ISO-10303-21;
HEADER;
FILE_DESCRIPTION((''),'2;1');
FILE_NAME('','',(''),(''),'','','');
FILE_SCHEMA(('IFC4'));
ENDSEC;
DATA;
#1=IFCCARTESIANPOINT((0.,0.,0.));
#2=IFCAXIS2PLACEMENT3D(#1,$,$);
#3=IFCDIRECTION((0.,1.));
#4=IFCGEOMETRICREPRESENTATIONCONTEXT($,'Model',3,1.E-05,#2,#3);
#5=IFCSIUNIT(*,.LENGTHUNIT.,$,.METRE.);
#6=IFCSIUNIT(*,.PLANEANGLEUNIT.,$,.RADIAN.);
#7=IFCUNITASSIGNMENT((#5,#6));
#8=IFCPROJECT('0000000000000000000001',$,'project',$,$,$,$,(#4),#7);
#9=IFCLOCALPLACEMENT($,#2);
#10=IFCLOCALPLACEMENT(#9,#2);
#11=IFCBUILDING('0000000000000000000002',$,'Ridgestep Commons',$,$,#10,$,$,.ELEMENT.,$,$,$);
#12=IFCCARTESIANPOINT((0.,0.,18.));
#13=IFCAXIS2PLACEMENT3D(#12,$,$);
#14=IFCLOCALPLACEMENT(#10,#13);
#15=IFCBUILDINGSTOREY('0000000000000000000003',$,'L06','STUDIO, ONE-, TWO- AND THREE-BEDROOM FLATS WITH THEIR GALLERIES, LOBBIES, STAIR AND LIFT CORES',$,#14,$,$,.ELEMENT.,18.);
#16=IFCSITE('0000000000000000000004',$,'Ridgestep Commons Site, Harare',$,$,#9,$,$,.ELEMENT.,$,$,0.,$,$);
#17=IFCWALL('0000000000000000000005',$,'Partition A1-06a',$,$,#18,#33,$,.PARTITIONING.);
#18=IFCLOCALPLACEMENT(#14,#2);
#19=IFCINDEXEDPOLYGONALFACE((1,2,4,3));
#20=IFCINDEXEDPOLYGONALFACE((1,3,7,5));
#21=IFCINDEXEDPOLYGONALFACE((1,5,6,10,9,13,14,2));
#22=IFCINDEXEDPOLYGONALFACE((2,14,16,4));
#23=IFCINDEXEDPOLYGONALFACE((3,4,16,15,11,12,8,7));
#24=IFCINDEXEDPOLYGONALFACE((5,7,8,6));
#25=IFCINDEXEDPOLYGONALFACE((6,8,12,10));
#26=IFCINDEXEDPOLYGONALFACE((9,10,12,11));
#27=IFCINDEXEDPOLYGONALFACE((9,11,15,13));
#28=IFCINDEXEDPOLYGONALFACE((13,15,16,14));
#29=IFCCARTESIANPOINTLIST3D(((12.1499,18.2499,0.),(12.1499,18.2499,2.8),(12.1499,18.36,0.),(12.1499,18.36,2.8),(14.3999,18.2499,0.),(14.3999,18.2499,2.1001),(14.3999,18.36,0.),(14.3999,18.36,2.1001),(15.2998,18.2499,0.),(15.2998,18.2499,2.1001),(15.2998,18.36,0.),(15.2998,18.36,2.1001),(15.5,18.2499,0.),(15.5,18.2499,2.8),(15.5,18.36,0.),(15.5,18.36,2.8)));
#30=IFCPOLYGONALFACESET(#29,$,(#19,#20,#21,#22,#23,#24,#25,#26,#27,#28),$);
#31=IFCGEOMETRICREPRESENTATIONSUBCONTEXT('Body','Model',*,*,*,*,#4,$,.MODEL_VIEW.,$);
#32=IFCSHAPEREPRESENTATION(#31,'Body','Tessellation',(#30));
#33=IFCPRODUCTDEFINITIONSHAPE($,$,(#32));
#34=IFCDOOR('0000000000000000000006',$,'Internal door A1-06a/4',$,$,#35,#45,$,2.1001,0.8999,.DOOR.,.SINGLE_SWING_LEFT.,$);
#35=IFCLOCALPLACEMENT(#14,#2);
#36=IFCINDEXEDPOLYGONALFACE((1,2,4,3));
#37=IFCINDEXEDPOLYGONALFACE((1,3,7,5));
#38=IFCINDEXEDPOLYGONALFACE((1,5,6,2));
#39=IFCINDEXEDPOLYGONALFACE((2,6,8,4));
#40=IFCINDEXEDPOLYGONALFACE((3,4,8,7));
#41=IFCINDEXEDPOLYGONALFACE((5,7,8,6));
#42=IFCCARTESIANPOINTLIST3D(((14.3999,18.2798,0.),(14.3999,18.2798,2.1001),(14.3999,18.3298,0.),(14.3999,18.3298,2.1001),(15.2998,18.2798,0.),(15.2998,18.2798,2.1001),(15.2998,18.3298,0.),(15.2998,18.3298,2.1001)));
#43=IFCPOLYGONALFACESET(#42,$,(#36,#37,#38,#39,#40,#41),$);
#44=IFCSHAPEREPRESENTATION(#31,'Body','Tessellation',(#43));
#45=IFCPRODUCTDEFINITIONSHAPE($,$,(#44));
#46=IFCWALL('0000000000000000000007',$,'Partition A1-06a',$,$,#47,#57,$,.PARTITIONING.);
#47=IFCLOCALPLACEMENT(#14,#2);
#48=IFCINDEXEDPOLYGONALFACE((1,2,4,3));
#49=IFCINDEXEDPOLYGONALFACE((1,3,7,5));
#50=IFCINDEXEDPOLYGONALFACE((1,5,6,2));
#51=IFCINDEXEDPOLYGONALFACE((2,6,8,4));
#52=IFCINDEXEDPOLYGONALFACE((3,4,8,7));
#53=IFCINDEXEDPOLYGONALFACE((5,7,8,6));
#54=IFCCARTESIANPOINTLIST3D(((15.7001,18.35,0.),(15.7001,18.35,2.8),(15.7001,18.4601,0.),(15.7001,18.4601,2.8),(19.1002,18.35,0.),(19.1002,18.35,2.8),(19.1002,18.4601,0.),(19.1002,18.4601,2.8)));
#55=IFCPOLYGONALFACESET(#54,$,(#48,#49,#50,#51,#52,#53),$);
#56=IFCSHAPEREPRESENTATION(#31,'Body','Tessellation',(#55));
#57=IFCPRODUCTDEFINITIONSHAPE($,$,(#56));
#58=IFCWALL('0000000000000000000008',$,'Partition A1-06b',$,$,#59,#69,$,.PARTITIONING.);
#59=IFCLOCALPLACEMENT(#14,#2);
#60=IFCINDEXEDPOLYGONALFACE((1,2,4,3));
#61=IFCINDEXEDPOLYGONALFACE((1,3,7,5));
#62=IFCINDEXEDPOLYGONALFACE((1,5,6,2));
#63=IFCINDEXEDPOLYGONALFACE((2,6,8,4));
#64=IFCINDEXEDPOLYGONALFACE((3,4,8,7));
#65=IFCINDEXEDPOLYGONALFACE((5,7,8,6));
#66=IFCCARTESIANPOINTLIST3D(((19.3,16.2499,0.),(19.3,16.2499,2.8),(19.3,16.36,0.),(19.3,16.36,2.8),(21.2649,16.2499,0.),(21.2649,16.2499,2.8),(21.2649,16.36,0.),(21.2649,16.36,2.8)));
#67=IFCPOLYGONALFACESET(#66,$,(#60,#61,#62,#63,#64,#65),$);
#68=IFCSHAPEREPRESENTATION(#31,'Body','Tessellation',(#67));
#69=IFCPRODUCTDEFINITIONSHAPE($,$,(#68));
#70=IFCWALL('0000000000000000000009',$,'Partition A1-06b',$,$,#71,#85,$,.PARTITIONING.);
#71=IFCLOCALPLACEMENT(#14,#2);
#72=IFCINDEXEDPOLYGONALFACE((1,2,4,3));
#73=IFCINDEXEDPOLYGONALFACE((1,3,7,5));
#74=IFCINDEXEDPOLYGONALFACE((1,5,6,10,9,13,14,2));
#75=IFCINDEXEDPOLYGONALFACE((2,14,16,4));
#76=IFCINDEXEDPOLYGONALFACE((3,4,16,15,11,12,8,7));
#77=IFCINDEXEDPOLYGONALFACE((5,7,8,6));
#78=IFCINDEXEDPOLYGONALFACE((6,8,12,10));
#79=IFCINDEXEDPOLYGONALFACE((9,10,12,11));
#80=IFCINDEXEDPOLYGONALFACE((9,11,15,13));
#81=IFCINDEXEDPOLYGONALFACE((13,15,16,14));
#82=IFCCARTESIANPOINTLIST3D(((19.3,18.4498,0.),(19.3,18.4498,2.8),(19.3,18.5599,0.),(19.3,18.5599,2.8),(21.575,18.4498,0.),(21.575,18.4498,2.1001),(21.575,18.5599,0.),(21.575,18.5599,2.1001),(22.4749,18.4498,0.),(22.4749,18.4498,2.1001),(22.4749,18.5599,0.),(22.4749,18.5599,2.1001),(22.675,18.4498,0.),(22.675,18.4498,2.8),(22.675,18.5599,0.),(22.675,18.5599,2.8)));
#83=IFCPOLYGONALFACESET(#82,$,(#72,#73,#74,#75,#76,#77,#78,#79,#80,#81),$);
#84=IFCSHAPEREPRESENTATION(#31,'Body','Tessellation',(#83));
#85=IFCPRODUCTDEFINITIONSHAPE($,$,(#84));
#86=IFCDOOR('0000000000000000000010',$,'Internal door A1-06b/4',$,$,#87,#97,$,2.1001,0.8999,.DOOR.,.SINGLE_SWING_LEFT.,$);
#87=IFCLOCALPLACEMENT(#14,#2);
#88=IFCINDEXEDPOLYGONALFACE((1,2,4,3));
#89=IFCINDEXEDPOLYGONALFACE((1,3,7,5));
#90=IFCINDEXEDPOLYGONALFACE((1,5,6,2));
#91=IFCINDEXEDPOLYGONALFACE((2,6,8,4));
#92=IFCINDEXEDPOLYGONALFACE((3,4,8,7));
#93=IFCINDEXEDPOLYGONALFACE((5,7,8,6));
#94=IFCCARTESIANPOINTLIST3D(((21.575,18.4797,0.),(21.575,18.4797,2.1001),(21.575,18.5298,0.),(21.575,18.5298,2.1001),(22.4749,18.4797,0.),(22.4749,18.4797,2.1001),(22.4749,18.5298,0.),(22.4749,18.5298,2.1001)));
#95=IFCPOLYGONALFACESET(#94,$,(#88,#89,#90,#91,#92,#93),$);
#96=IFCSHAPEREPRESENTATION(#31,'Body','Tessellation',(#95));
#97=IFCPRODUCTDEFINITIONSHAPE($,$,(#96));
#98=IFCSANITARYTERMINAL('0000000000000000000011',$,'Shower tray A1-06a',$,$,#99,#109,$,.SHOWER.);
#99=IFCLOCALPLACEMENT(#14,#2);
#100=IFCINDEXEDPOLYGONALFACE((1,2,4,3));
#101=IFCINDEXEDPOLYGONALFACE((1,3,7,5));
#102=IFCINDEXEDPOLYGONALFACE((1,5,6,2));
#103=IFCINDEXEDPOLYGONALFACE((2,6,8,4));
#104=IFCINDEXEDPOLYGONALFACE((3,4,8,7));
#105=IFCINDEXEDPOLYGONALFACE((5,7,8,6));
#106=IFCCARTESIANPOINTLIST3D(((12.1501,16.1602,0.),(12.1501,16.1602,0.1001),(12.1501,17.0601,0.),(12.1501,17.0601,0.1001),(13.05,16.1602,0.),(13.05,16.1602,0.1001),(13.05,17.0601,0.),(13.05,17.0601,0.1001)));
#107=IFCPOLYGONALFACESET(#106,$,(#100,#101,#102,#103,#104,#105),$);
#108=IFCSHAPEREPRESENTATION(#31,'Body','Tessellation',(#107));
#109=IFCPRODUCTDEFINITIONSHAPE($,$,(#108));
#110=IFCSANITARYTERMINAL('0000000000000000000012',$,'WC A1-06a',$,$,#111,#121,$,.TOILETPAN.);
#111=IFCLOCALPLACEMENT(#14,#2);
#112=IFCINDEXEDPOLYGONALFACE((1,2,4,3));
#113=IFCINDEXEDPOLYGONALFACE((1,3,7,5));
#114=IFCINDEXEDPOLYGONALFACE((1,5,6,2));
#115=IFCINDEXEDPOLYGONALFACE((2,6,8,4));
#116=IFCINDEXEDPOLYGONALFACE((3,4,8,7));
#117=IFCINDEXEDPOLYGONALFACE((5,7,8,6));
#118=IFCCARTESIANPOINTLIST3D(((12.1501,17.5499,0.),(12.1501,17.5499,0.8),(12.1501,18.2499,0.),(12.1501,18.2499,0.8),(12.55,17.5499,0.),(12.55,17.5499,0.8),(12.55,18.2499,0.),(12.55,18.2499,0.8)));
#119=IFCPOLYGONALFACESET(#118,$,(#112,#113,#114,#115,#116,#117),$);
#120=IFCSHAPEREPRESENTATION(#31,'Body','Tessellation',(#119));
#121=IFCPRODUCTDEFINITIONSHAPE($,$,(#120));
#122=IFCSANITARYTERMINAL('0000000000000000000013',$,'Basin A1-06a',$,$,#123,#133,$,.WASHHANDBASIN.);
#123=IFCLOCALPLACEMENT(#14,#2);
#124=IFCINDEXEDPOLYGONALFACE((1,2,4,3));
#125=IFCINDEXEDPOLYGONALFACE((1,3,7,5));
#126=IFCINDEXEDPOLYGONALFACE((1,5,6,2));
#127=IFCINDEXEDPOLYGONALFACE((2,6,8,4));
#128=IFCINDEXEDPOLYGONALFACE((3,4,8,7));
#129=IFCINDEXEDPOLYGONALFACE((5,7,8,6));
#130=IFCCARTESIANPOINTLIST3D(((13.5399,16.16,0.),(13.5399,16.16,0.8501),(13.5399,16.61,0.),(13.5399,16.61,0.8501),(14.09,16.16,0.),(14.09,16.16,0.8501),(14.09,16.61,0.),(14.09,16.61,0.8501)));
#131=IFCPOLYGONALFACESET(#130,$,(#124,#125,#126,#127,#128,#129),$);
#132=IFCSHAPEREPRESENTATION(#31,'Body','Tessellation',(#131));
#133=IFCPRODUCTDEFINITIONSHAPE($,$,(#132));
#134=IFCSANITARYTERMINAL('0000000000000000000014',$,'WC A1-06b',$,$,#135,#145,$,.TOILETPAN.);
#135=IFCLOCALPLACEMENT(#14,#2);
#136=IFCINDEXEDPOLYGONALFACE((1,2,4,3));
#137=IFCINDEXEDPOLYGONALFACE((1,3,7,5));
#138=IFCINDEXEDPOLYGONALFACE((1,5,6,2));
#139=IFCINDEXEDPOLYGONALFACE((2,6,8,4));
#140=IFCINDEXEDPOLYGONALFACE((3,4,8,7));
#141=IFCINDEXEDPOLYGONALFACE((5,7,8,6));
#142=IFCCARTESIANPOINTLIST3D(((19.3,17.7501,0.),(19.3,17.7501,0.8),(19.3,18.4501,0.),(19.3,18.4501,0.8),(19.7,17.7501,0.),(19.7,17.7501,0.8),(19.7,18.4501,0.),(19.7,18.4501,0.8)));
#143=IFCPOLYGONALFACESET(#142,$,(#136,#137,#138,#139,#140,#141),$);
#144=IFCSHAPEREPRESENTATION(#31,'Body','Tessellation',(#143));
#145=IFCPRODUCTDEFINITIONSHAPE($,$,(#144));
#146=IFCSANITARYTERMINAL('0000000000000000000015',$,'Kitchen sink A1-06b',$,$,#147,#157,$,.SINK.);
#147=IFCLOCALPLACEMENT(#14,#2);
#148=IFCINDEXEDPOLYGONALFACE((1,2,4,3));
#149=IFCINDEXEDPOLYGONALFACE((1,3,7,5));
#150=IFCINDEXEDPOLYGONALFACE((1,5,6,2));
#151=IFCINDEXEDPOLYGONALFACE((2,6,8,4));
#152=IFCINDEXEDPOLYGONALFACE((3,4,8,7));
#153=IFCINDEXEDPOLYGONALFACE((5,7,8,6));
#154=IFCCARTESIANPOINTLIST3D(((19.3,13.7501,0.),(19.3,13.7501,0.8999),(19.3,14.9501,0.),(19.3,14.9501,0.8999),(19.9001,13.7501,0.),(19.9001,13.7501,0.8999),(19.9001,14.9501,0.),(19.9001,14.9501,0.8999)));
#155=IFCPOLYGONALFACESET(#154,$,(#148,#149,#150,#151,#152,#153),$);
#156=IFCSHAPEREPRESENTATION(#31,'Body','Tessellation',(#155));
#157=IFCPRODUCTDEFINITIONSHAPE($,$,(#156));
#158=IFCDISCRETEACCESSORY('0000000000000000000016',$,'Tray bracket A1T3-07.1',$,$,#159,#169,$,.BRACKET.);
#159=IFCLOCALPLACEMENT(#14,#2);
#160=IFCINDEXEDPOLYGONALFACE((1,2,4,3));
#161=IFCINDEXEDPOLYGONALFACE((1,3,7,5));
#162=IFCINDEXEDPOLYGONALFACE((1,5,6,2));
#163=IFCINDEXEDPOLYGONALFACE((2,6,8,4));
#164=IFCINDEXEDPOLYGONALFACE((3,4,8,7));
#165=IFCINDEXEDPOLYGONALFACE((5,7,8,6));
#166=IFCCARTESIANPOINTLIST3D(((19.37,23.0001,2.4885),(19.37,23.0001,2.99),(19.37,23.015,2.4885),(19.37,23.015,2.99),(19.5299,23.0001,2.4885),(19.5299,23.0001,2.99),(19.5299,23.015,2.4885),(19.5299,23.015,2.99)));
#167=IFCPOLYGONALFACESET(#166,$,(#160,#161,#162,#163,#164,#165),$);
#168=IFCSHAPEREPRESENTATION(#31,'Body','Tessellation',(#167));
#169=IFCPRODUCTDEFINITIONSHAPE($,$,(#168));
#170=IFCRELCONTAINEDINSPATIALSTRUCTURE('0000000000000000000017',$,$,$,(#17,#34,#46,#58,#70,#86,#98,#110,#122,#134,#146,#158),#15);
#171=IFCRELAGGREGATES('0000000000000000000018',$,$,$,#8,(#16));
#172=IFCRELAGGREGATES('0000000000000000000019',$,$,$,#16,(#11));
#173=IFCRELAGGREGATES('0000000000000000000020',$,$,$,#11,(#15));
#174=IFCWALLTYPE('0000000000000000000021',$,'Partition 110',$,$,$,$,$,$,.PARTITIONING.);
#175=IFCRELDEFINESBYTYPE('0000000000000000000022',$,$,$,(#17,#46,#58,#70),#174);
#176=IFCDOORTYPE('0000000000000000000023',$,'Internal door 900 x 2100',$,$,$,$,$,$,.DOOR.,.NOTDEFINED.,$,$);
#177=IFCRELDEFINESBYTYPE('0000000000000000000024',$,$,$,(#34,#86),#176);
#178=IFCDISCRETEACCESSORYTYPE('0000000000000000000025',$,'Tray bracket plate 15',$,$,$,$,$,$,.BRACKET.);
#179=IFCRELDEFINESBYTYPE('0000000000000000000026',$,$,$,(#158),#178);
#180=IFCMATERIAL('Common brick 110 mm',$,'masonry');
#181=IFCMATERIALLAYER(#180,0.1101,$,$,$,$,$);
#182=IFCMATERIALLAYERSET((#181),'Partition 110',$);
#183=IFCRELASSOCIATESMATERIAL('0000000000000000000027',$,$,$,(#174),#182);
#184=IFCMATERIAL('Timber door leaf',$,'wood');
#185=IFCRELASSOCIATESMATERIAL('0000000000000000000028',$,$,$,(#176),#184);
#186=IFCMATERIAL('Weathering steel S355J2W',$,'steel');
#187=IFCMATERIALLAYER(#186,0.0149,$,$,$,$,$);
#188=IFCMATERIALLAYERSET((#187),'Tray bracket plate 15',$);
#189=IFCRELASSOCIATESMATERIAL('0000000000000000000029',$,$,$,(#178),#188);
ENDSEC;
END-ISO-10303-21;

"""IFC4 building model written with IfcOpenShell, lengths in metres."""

from ifc_helpers import new_model, si_unit, direction, frame, frame_2d, origin, origin_2d, place, context, subcontext, project, spatial, rectangle, extrude, material, layer, layer_set, type_object, element, fill, save


model = new_model("IFC4")

# Units and contexts
model_context = context("Model", 3, precision=1e-05, world=origin(), true_north=direction((0.0, 1.0)))
body_context = subcontext(model_context, "Body", "Model", "MODEL_VIEW")
ifc_project = project(units=[si_unit("LENGTHUNIT", "METRE"), si_unit("PLANEANGLEUNIT", "RADIAN")], contexts=[model_context])

# Site, building, storey
site_placement = place(None, origin())
site = spatial("IfcSite", under=ifc_project, at=site_placement, Name="Ridgestep Commons Site, Harare", CompositionType="ELEMENT", RefElevation=0.0)
building_placement = place(site_placement, origin())
building = spatial("IfcBuilding", under=site, at=building_placement, Name="Ridgestep Commons", CompositionType="ELEMENT")
storey_placement = place(building_placement, frame((0.0, 0.0, 18.0)))
storey = spatial("IfcBuildingStorey", under=building, at=storey_placement, Name="L06", Description="STUDIO, ONE-, TWO- AND THREE-BEDROOM FLATS WITH THEIR GALLERIES, LOBBIES, STAIR AND LIFT CORES", CompositionType="ELEMENT", Elevation=18.0)

# Shared definitions
ifc_material_1 = material(Name="Common brick 110 mm", Category="masonry")
ifc_layer_1 = layer(ifc_material_1, 0.1101)
ifc_layer_set_1 = layer_set([ifc_layer_1], Name="Partition 110")
wall_type_1 = type_object("IfcWallType", Name="Partition 110", PredefinedType="PARTITIONING", material=ifc_layer_set_1)

# Wall, opening, door
wall_1_placement = place(storey_placement, frame((12.1499, 18.3049, 0.0), z_axis=(0.0, 0.0, 1.0), x_axis=(1.0, 0.0, 0.0)))
wall_1 = element("IfcWall", 1, at=wall_1_placement, inside=storey, type_object=wall_type_1, Name="Partition A1-06a", PredefinedType="PARTITIONING", context=body_context, shape_type="SweptSolid", body=[
    extrude(rectangle(XDim=3.3501, YDim=0.1101, at=frame_2d((1.675, 0.0))), origin(), (0.0, 0.0, 1.0), 2.8),
])
opening_1_placement = place(wall_1_placement, frame((2.25, 0.0, 0.0)))
opening_1 = element("IfcOpeningElement", 2, at=opening_1_placement, cuts=wall_1, PredefinedType="OPENING", context=body_context, shape_type="SweptSolid", body=[
    extrude(rectangle(XDim=0.8999, YDim=2.1001, at=frame_2d((0.45, 1.05))), frame((0.0, 0.0649, 0.0), z_axis=(0.0, -1.0, 0.0), x_axis=(1.0, 0.0, 0.0)), (0.0, 0.0, 1.0), 0.1301),
])
ifc_material_2 = material(Name="Timber door leaf", Category="wood")
door_type = type_object("IfcDoorType", Name="Internal door 900 x 2100", OperationType="NOTDEFINED", PredefinedType="DOOR", material=ifc_material_2)
door_1_placement = place(opening_1_placement, origin())
door_1 = element("IfcDoor", 3, at=door_1_placement, inside=storey, type_object=door_type, Name="Internal door A1-06a/4", OperationType="SINGLE_SWING_LEFT", OverallHeight=2.1001, OverallWidth=0.8999, PredefinedType="DOOR", context=body_context, shape_type="SweptSolid", body=[
    extrude(rectangle(XDim=0.8999, YDim=2.1001, at=frame_2d((0.45, 1.05))), frame((0.0, 0.0249, 0.0), z_axis=(0.0, -1.0, 0.0), x_axis=(1.0, 0.0, 0.0)), (0.0, 0.0, 1.0), 0.05),
])
fill(opening_1, door_1)

# Walls
wall_2_placement = place(storey_placement, frame((15.7, 18.405, 0.0), z_axis=(0.0, 0.0, 1.0), x_axis=(1.0, 0.0, 0.0)))
element("IfcWall", 4, at=wall_2_placement, inside=storey, type_object=wall_type_1, Name="Partition A1-06a", PredefinedType="PARTITIONING", context=body_context, shape_type="SweptSolid", body=[
    extrude(rectangle(XDim=3.4001, YDim=0.1101, at=frame_2d((1.7002, 0.0))), origin(), (0.0, 0.0, 1.0), 2.8),
])
wall_3_placement = place(storey_placement, frame((19.3, 16.3049, 0.0), z_axis=(0.0, 0.0, 1.0), x_axis=(1.0, 0.0, 0.0)))
element("IfcWall", 5, at=wall_3_placement, inside=storey, type_object=wall_type_1, Name="Partition A1-06b", PredefinedType="PARTITIONING", context=body_context, shape_type="SweptSolid", body=[
    extrude(rectangle(XDim=1.9648, YDim=0.1101, at=frame_2d((0.9824, 0.0))), origin(), (0.0, 0.0, 1.0), 2.8),
])

# Wall, opening, door
wall_4_placement = place(storey_placement, frame((19.3, 18.5049, 0.0), z_axis=(0.0, 0.0, 1.0), x_axis=(1.0, 0.0, 0.0)))
wall_4 = element("IfcWall", 6, at=wall_4_placement, inside=storey, type_object=wall_type_1, Name="Partition A1-06b", PredefinedType="PARTITIONING", context=body_context, shape_type="SweptSolid", body=[
    extrude(rectangle(XDim=3.375, YDim=0.1101, at=frame_2d((1.6875, 0.0))), origin(), (0.0, 0.0, 1.0), 2.8),
])
opening_2_placement = place(wall_4_placement, frame((2.2749, 0.0, 0.0)))
opening_2 = element("IfcOpeningElement", 7, at=opening_2_placement, cuts=wall_4, PredefinedType="OPENING", context=body_context, shape_type="SweptSolid", body=[
    extrude(rectangle(XDim=0.8999, YDim=2.1001, at=frame_2d((0.45, 1.05))), frame((0.0, 0.0649, 0.0), z_axis=(0.0, -1.0, 0.0), x_axis=(1.0, 0.0, 0.0)), (0.0, 0.0, 1.0), 0.1301),
])
door_2_placement = place(opening_2_placement, origin())
door_2 = element("IfcDoor", 8, at=door_2_placement, inside=storey, type_object=door_type, Name="Internal door A1-06b/4", OperationType="SINGLE_SWING_LEFT", OverallHeight=2.1001, OverallWidth=0.8999, PredefinedType="DOOR", context=body_context, shape_type="SweptSolid", body=[
    extrude(rectangle(XDim=0.8999, YDim=2.1001, at=frame_2d((0.45, 1.05))), frame((0.0, 0.0249, 0.0), z_axis=(0.0, -1.0, 0.0), x_axis=(1.0, 0.0, 0.0)), (0.0, 0.0, 1.0), 0.05),
])
fill(opening_2, door_2)

# Sanitary terminals
sanitary_terminal_1_placement = place(storey_placement, frame((12.6001, 16.6101, 0.0), z_axis=(0.0, 0.0, 1.0), x_axis=(1.0, 0.0, 0.0)))
element("IfcSanitaryTerminal", 9, at=sanitary_terminal_1_placement, inside=storey, Name="Shower tray A1-06a", PredefinedType="SHOWER", context=body_context, shape_type="SweptSolid", body=[
    extrude(rectangle(XDim=0.8999, YDim=0.8999, at=origin_2d()), origin(), (0.0, 0.0, 1.0), 0.1001),
])
sanitary_terminal_2_placement = place(storey_placement, frame((12.3501, 17.8999, 0.0), z_axis=(0.0, 0.0, 1.0), x_axis=(1.0, 0.0, 0.0)))
element("IfcSanitaryTerminal", 10, at=sanitary_terminal_2_placement, inside=storey, Name="WC A1-06a", PredefinedType="TOILETPAN", context=body_context, shape_type="SweptSolid", body=[
    extrude(rectangle(XDim=0.3999, YDim=0.7, at=origin_2d()), origin(), (0.0, 0.0, 1.0), 0.8),
])
sanitary_terminal_3_placement = place(storey_placement, frame((13.8149, 16.385, 0.0), z_axis=(0.0, 0.0, 1.0), x_axis=(1.0, 0.0, 0.0)))
element("IfcSanitaryTerminal", 11, at=sanitary_terminal_3_placement, inside=storey, Name="Basin A1-06a", PredefinedType="WASHHANDBASIN", context=body_context, shape_type="SweptSolid", body=[
    extrude(rectangle(XDim=0.55, YDim=0.45, at=origin_2d()), origin(), (0.0, 0.0, 1.0), 0.8501),
])
sanitary_terminal_4_placement = place(storey_placement, frame((19.5, 18.1001, 0.0), z_axis=(0.0, 0.0, 1.0), x_axis=(1.0, 0.0, 0.0)))
element("IfcSanitaryTerminal", 12, at=sanitary_terminal_4_placement, inside=storey, Name="WC A1-06b", PredefinedType="TOILETPAN", context=body_context, shape_type="SweptSolid", body=[
    extrude(rectangle(XDim=0.3999, YDim=0.7, at=origin_2d()), origin(), (0.0, 0.0, 1.0), 0.8),
])
sanitary_terminal_5_placement = place(storey_placement, frame((19.6001, 14.3501, 0.0), z_axis=(0.0, 0.0, 1.0), x_axis=(1.0, 0.0, 0.0)))
element("IfcSanitaryTerminal", 13, at=sanitary_terminal_5_placement, inside=storey, Name="Kitchen sink A1-06b", PredefinedType="SINK", context=body_context, shape_type="SweptSolid", body=[
    extrude(rectangle(XDim=0.6001, YDim=1.2, at=origin_2d()), origin(), (0.0, 0.0, 1.0), 0.8999),
])

# Discrete accessory
ifc_material_3 = material(Name="Weathering steel S355J2W", Category="steel")
ifc_layer_2 = layer(ifc_material_3, 0.0149)
ifc_layer_set_2 = layer_set([ifc_layer_2], Name="Tray bracket plate 15")
discrete_accessory_type = type_object("IfcDiscreteAccessoryType", Name="Tray bracket plate 15", PredefinedType="BRACKET", material=ifc_layer_set_2)
discrete_accessory_placement = place(storey_placement, frame((19.45, 23.0076, 2.4885), z_axis=(0.0, 0.0, 1.0), x_axis=(1.0, 0.0, 0.0)))
element("IfcDiscreteAccessory", 14, at=discrete_accessory_placement, inside=storey, type_object=discrete_accessory_type, Name="Tray bracket A1T3-07.1", PredefinedType="BRACKET", context=body_context, shape_type="SweptSolid", body=[
    extrude(rectangle(XDim=0.1599, YDim=0.0149, at=origin_2d()), origin(), (0.0, 0.0, 1.0), 0.5015),
])

save(model, "model.ifc")
